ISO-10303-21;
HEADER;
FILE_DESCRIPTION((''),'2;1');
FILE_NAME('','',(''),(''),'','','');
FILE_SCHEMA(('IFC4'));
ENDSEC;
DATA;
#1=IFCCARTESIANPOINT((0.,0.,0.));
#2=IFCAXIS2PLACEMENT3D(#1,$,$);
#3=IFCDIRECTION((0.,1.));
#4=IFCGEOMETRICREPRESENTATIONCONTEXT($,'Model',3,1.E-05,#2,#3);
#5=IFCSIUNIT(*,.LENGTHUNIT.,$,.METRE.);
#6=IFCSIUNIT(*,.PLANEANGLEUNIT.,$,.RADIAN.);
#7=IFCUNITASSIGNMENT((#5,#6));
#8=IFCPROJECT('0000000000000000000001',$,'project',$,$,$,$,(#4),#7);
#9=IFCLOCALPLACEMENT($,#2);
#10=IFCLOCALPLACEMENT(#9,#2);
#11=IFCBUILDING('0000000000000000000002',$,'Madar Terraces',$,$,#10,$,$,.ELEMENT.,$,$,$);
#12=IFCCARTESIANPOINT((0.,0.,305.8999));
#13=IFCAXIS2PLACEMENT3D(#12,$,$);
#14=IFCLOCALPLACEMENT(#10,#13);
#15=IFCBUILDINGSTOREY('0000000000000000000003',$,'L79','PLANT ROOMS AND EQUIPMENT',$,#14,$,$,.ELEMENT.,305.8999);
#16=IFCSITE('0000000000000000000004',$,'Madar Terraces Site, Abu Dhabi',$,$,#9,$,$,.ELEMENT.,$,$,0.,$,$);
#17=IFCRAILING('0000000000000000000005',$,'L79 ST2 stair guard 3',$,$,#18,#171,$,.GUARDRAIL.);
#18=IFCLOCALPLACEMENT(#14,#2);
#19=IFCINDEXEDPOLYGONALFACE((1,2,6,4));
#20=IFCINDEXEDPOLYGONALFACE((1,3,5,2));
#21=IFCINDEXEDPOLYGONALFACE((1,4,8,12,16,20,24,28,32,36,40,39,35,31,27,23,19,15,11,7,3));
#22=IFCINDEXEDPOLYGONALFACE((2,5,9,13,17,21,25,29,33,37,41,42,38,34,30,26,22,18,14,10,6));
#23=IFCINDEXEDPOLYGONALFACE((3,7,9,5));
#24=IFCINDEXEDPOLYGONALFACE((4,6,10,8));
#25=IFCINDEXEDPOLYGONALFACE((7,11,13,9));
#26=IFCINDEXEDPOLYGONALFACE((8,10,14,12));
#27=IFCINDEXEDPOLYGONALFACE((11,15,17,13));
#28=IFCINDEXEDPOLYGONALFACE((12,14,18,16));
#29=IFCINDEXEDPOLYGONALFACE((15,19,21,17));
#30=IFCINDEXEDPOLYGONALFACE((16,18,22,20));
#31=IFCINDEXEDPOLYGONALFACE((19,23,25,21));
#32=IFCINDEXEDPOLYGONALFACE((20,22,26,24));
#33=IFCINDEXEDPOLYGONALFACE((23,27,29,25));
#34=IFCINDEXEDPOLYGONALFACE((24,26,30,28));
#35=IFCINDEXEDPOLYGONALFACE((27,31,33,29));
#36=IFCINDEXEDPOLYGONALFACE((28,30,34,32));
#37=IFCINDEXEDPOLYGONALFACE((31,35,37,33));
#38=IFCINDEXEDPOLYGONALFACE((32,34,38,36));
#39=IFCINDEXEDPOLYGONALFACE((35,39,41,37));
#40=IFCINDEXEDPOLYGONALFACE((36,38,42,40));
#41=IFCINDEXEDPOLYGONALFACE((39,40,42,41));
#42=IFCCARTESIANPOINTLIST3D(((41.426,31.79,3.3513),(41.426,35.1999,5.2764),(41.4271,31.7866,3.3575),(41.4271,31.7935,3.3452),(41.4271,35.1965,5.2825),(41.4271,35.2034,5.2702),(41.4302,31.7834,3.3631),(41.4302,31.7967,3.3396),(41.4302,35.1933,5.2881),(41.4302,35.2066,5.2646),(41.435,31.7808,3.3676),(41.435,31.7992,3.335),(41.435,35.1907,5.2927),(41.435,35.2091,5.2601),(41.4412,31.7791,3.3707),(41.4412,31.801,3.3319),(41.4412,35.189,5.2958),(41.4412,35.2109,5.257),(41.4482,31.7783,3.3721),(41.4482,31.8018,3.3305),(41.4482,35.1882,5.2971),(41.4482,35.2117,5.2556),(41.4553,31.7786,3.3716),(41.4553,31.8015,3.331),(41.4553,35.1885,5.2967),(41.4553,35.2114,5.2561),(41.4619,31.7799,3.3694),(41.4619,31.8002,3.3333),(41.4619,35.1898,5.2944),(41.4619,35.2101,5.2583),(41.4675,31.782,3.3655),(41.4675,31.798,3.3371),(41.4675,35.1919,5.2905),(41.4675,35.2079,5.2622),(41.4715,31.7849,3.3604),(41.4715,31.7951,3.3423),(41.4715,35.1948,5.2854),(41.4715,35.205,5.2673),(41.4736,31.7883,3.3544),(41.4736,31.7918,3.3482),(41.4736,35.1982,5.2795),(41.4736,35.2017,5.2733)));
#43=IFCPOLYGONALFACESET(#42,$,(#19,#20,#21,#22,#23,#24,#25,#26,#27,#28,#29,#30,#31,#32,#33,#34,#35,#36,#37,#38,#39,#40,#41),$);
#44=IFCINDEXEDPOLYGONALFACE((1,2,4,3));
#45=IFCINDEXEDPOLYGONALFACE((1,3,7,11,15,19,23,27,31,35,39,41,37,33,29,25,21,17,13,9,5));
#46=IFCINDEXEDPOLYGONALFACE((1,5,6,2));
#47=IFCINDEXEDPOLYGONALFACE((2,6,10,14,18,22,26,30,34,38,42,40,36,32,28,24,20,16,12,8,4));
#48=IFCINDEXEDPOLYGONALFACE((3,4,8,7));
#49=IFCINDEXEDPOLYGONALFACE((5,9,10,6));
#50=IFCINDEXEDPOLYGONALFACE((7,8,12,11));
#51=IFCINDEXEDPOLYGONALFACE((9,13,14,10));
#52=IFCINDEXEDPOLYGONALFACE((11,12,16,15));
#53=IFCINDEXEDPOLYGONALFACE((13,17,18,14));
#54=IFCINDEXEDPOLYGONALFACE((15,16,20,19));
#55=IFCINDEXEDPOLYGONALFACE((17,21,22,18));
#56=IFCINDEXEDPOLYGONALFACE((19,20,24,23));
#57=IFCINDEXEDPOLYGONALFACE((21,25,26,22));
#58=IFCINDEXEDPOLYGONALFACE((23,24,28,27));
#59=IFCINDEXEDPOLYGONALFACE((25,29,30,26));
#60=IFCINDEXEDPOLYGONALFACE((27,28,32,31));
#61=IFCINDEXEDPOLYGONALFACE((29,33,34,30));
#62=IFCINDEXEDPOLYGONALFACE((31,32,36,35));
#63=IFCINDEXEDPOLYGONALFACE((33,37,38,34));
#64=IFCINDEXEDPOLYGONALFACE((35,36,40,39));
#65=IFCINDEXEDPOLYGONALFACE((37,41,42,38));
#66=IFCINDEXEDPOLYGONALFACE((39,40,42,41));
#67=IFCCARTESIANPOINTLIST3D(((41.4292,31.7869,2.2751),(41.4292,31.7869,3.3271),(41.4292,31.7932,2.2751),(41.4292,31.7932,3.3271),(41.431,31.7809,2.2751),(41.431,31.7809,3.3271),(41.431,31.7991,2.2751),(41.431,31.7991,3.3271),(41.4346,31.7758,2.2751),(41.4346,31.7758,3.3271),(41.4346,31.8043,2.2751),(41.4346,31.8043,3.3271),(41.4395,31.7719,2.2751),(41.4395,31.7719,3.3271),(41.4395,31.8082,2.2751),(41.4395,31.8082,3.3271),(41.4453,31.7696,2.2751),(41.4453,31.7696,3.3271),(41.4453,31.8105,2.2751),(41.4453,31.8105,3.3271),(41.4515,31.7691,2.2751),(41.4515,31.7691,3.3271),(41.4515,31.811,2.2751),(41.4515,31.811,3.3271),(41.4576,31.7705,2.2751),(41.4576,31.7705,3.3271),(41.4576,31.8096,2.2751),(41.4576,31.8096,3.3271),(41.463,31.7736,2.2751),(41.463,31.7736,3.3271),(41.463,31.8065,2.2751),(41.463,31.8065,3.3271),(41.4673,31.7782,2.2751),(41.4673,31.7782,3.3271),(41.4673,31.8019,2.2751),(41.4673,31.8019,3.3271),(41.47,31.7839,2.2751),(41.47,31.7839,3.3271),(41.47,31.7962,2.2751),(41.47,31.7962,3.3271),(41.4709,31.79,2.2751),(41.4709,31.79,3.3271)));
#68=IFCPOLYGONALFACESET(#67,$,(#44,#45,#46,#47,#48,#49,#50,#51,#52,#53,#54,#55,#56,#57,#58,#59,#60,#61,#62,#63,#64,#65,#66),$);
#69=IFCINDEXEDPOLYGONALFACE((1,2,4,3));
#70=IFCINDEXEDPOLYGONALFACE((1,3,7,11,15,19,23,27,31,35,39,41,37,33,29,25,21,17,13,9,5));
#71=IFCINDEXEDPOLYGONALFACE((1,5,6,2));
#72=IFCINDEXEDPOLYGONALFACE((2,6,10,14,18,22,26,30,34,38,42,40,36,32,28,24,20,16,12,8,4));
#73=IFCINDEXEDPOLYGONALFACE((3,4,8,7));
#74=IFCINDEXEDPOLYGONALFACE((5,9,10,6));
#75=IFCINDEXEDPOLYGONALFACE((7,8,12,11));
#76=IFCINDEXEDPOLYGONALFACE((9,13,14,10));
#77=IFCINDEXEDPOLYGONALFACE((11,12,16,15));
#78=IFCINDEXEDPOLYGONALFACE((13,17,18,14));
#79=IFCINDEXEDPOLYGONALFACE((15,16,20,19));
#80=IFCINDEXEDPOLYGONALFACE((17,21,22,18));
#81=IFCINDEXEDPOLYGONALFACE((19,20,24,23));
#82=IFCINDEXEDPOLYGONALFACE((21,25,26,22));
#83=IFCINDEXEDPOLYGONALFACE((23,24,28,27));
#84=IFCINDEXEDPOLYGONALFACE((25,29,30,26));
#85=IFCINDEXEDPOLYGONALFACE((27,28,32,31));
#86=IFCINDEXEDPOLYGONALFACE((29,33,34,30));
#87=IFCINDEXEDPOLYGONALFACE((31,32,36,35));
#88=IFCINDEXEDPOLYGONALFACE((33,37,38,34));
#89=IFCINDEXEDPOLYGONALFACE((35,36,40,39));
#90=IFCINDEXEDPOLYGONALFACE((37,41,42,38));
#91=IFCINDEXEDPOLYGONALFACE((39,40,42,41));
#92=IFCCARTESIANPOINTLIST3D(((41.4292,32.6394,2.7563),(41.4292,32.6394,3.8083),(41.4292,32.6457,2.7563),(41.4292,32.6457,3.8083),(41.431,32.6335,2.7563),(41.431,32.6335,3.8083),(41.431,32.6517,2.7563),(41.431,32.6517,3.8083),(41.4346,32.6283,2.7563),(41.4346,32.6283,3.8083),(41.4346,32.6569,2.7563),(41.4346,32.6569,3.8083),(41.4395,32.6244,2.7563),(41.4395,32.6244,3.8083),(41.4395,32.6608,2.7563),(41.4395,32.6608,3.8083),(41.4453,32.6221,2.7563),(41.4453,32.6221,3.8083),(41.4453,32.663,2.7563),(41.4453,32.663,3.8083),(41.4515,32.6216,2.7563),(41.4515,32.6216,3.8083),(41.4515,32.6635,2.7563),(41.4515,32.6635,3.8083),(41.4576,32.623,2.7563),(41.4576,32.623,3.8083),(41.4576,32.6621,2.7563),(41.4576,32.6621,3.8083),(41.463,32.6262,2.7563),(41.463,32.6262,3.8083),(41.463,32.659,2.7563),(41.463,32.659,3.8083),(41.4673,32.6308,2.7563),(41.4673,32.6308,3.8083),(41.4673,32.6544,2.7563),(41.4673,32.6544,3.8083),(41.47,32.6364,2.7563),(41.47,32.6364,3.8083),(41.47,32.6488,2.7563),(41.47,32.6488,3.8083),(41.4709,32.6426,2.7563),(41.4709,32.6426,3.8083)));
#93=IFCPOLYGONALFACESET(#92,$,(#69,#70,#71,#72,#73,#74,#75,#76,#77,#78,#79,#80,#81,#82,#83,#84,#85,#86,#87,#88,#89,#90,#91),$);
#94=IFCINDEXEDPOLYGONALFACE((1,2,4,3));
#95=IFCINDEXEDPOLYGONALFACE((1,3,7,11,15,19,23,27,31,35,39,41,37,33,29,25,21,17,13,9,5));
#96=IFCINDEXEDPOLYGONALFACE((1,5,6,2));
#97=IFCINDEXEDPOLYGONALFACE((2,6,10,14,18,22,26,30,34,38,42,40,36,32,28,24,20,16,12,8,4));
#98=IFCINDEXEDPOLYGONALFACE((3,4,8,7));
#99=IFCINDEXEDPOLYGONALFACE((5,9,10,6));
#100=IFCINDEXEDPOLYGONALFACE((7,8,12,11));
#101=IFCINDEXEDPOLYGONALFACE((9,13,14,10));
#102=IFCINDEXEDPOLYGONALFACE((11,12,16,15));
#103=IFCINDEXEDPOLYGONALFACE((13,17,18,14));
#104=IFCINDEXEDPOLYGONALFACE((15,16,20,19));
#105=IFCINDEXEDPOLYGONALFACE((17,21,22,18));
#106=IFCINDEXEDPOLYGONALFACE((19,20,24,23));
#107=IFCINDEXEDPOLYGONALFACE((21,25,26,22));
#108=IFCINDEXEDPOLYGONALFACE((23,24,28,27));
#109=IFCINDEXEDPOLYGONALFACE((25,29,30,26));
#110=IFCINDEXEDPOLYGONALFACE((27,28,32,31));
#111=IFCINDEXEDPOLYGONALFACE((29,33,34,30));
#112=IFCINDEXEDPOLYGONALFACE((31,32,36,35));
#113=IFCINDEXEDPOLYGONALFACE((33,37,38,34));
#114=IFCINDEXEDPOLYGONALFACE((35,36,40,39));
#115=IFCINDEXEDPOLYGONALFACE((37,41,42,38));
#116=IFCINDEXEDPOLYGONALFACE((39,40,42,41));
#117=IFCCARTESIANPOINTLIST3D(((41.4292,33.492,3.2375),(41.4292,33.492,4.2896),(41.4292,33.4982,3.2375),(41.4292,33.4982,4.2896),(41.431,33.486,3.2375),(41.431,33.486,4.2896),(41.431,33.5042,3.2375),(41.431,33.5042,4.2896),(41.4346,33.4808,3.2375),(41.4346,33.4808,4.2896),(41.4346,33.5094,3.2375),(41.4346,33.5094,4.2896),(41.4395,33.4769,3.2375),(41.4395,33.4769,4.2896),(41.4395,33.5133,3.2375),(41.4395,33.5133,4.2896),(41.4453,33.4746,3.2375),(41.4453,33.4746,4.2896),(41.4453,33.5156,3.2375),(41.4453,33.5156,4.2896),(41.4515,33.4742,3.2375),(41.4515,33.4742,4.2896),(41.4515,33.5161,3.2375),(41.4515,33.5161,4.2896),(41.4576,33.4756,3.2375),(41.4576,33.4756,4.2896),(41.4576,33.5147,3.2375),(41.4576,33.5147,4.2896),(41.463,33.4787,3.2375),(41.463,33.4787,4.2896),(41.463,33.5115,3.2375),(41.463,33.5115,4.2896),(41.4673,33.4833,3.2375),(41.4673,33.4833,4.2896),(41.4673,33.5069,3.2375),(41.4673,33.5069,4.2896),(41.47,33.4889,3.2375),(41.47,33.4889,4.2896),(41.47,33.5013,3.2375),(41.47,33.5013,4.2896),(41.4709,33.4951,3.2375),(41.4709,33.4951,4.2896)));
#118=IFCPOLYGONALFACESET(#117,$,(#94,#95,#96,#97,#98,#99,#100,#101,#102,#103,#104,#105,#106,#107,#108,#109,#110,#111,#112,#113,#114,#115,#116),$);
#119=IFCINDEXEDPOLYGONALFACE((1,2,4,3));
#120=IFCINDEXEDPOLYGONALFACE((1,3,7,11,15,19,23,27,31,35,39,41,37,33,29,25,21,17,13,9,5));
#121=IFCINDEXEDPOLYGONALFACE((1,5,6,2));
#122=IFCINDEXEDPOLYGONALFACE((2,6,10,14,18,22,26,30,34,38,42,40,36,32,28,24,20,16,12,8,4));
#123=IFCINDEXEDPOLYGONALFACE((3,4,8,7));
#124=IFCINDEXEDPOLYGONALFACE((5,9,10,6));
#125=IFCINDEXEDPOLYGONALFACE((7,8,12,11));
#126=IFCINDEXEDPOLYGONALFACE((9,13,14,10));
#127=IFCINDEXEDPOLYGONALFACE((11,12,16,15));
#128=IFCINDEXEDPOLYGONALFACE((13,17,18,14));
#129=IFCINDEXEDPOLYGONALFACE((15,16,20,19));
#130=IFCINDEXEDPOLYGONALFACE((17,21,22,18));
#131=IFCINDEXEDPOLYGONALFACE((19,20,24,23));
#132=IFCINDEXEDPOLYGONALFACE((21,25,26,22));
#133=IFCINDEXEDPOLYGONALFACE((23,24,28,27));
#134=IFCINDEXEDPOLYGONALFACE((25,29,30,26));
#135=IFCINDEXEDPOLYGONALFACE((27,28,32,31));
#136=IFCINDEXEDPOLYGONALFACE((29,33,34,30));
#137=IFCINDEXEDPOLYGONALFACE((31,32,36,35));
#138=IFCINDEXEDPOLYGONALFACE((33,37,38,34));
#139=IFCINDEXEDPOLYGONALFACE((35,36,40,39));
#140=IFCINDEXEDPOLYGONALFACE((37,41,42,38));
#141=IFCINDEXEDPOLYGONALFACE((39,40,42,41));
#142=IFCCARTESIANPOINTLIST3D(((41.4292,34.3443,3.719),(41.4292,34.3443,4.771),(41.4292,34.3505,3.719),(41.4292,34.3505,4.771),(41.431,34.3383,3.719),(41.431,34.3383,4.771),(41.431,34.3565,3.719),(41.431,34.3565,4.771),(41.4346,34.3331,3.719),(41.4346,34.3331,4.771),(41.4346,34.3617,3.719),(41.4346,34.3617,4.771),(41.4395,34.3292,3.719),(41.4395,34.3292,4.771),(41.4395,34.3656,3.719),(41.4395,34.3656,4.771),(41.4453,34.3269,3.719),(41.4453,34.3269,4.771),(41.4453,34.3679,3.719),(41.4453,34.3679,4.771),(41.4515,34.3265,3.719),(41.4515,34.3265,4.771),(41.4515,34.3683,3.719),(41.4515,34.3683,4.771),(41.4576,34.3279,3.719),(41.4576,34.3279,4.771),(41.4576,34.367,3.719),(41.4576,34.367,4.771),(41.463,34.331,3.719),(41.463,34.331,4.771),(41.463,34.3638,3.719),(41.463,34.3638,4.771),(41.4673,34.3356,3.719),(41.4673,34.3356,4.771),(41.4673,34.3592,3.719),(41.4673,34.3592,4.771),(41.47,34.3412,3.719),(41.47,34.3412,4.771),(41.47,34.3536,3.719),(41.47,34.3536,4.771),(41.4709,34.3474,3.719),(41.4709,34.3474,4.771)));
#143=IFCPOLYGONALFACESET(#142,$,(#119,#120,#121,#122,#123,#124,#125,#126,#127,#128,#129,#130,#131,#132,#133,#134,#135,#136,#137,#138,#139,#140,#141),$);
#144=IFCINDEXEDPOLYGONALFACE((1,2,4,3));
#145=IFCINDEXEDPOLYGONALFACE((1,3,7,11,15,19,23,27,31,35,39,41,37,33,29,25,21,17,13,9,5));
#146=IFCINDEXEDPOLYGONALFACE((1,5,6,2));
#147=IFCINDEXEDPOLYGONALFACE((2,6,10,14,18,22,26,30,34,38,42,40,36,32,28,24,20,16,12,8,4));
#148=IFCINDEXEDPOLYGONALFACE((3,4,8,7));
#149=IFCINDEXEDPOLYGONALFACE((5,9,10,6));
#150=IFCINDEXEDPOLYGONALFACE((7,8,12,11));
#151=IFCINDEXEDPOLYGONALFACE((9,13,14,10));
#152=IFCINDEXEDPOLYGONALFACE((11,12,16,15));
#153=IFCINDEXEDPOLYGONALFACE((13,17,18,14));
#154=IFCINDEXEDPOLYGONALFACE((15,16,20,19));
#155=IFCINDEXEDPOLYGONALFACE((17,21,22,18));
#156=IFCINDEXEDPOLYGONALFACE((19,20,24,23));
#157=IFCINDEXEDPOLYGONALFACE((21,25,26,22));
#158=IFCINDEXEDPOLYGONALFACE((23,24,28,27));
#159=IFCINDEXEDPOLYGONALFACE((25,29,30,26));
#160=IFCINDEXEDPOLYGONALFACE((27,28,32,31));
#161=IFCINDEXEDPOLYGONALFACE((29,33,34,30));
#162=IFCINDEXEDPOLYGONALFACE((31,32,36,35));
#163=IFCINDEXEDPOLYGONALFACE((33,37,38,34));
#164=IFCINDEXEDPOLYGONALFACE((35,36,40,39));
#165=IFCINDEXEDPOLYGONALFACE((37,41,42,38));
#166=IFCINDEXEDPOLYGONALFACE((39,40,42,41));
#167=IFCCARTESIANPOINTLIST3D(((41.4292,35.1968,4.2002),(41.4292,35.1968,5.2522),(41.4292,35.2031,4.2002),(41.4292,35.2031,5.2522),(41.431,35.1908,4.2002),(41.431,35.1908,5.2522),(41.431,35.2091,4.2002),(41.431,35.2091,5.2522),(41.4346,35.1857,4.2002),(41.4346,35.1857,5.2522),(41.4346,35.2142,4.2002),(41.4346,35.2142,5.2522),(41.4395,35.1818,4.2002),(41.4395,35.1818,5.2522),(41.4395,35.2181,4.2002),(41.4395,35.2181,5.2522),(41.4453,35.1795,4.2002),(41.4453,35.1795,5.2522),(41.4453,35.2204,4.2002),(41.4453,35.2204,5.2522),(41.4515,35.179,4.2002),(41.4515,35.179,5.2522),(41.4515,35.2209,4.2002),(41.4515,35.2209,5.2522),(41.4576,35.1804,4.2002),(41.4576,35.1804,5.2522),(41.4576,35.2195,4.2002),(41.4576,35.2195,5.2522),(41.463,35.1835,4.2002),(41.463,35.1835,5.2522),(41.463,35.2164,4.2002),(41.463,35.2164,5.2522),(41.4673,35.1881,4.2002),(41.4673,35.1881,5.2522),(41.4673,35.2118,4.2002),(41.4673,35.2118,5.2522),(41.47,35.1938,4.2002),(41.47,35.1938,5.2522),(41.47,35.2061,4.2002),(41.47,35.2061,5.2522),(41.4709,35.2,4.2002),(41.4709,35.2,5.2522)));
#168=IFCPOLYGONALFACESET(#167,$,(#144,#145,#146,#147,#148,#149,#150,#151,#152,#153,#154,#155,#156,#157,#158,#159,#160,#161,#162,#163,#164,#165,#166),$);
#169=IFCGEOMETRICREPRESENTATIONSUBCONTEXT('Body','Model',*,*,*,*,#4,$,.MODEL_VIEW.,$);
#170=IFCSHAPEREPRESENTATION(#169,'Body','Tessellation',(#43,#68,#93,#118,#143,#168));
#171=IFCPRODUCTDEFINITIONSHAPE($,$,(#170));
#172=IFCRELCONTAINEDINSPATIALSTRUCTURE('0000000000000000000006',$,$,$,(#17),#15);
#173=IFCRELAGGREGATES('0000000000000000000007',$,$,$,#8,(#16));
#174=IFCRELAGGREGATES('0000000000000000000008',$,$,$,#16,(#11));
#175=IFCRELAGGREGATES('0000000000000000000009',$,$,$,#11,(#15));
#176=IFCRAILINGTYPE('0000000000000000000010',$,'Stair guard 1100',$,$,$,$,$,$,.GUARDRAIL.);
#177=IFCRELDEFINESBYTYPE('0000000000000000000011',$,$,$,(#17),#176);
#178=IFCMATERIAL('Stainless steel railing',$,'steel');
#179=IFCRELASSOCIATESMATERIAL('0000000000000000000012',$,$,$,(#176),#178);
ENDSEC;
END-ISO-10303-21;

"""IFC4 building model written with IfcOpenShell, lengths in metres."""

from ifc_helpers import new_model, si_unit, direction, frame, origin, origin_2d, place, context, subcontext, project, spatial, circle, extrude, material, type_object, element, save


model = new_model("IFC4")

# Units and contexts
model_context = context("Model", 3, precision=1e-05, world=origin(), true_north=direction((0.0, 1.0)))
body_context = subcontext(model_context, "Body", "Model", "MODEL_VIEW")
ifc_project = project(units=[si_unit("LENGTHUNIT", "METRE"), si_unit("PLANEANGLEUNIT", "RADIAN")], contexts=[model_context])

# Site, building, storey
site_placement = place(None, origin())
site = spatial("IfcSite", under=ifc_project, at=site_placement, Name="Madar Terraces Site, Abu Dhabi", CompositionType="ELEMENT", RefElevation=0.0)
building_placement = place(site_placement, origin())
building = spatial("IfcBuilding", under=site, at=building_placement, Name="Madar Terraces", CompositionType="ELEMENT")
storey_placement = place(building_placement, frame((0.0, 0.0, 305.8999)))
storey = spatial("IfcBuildingStorey", under=building, at=storey_placement, Name="L79", Description="PLANT ROOMS AND EQUIPMENT", CompositionType="ELEMENT", Elevation=305.8999)

# Railing
ifc_material_1 = material(Name="Stainless steel railing", Category="steel")
railing_type_1 = type_object("IfcRailingType", Name="Stair guard 1100", PredefinedType="GUARDRAIL", material=ifc_material_1)
railing_1_placement = place(storey_placement, frame((41.45, 31.79, 2.2751)))
element("IfcRailing", 1, at=railing_1_placement, inside=storey, type_object=railing_type_1, Name="L79 ST2 stair guard 3", PredefinedType="GUARDRAIL", context=body_context, shape_type="SweptSolid", body=[
    extrude(circle(Radius=0.0239, at=origin_2d()), frame((0.0, 0.0, 1.0762), z_axis=(0.0, 0.870814, 0.491613), x_axis=(-1.0, 0.0, 0.0)), (0.0, 0.0, 1.0), 3.9158),
    extrude(circle(Radius=0.021, at=origin_2d()), origin(), (0.0, 0.0, 1.0), 1.052),
    extrude(circle(Radius=0.021, at=origin_2d()), frame((0.0, 0.8525, 0.4812)), (0.0, 0.0, 1.0), 1.052),
    extrude(circle(Radius=0.021, at=origin_2d()), frame((0.0, 1.7051, 0.9624)), (0.0, 0.0, 1.0), 1.052),
    extrude(circle(Radius=0.021, at=origin_2d()), frame((0.0, 2.5574, 1.4438)), (0.0, 0.0, 1.0), 1.052),
    extrude(circle(Radius=0.021, at=origin_2d()), frame((0.0, 3.4099, 1.925)), (0.0, 0.0, 1.0), 1.052),
])

save(model, "model.ifc")
